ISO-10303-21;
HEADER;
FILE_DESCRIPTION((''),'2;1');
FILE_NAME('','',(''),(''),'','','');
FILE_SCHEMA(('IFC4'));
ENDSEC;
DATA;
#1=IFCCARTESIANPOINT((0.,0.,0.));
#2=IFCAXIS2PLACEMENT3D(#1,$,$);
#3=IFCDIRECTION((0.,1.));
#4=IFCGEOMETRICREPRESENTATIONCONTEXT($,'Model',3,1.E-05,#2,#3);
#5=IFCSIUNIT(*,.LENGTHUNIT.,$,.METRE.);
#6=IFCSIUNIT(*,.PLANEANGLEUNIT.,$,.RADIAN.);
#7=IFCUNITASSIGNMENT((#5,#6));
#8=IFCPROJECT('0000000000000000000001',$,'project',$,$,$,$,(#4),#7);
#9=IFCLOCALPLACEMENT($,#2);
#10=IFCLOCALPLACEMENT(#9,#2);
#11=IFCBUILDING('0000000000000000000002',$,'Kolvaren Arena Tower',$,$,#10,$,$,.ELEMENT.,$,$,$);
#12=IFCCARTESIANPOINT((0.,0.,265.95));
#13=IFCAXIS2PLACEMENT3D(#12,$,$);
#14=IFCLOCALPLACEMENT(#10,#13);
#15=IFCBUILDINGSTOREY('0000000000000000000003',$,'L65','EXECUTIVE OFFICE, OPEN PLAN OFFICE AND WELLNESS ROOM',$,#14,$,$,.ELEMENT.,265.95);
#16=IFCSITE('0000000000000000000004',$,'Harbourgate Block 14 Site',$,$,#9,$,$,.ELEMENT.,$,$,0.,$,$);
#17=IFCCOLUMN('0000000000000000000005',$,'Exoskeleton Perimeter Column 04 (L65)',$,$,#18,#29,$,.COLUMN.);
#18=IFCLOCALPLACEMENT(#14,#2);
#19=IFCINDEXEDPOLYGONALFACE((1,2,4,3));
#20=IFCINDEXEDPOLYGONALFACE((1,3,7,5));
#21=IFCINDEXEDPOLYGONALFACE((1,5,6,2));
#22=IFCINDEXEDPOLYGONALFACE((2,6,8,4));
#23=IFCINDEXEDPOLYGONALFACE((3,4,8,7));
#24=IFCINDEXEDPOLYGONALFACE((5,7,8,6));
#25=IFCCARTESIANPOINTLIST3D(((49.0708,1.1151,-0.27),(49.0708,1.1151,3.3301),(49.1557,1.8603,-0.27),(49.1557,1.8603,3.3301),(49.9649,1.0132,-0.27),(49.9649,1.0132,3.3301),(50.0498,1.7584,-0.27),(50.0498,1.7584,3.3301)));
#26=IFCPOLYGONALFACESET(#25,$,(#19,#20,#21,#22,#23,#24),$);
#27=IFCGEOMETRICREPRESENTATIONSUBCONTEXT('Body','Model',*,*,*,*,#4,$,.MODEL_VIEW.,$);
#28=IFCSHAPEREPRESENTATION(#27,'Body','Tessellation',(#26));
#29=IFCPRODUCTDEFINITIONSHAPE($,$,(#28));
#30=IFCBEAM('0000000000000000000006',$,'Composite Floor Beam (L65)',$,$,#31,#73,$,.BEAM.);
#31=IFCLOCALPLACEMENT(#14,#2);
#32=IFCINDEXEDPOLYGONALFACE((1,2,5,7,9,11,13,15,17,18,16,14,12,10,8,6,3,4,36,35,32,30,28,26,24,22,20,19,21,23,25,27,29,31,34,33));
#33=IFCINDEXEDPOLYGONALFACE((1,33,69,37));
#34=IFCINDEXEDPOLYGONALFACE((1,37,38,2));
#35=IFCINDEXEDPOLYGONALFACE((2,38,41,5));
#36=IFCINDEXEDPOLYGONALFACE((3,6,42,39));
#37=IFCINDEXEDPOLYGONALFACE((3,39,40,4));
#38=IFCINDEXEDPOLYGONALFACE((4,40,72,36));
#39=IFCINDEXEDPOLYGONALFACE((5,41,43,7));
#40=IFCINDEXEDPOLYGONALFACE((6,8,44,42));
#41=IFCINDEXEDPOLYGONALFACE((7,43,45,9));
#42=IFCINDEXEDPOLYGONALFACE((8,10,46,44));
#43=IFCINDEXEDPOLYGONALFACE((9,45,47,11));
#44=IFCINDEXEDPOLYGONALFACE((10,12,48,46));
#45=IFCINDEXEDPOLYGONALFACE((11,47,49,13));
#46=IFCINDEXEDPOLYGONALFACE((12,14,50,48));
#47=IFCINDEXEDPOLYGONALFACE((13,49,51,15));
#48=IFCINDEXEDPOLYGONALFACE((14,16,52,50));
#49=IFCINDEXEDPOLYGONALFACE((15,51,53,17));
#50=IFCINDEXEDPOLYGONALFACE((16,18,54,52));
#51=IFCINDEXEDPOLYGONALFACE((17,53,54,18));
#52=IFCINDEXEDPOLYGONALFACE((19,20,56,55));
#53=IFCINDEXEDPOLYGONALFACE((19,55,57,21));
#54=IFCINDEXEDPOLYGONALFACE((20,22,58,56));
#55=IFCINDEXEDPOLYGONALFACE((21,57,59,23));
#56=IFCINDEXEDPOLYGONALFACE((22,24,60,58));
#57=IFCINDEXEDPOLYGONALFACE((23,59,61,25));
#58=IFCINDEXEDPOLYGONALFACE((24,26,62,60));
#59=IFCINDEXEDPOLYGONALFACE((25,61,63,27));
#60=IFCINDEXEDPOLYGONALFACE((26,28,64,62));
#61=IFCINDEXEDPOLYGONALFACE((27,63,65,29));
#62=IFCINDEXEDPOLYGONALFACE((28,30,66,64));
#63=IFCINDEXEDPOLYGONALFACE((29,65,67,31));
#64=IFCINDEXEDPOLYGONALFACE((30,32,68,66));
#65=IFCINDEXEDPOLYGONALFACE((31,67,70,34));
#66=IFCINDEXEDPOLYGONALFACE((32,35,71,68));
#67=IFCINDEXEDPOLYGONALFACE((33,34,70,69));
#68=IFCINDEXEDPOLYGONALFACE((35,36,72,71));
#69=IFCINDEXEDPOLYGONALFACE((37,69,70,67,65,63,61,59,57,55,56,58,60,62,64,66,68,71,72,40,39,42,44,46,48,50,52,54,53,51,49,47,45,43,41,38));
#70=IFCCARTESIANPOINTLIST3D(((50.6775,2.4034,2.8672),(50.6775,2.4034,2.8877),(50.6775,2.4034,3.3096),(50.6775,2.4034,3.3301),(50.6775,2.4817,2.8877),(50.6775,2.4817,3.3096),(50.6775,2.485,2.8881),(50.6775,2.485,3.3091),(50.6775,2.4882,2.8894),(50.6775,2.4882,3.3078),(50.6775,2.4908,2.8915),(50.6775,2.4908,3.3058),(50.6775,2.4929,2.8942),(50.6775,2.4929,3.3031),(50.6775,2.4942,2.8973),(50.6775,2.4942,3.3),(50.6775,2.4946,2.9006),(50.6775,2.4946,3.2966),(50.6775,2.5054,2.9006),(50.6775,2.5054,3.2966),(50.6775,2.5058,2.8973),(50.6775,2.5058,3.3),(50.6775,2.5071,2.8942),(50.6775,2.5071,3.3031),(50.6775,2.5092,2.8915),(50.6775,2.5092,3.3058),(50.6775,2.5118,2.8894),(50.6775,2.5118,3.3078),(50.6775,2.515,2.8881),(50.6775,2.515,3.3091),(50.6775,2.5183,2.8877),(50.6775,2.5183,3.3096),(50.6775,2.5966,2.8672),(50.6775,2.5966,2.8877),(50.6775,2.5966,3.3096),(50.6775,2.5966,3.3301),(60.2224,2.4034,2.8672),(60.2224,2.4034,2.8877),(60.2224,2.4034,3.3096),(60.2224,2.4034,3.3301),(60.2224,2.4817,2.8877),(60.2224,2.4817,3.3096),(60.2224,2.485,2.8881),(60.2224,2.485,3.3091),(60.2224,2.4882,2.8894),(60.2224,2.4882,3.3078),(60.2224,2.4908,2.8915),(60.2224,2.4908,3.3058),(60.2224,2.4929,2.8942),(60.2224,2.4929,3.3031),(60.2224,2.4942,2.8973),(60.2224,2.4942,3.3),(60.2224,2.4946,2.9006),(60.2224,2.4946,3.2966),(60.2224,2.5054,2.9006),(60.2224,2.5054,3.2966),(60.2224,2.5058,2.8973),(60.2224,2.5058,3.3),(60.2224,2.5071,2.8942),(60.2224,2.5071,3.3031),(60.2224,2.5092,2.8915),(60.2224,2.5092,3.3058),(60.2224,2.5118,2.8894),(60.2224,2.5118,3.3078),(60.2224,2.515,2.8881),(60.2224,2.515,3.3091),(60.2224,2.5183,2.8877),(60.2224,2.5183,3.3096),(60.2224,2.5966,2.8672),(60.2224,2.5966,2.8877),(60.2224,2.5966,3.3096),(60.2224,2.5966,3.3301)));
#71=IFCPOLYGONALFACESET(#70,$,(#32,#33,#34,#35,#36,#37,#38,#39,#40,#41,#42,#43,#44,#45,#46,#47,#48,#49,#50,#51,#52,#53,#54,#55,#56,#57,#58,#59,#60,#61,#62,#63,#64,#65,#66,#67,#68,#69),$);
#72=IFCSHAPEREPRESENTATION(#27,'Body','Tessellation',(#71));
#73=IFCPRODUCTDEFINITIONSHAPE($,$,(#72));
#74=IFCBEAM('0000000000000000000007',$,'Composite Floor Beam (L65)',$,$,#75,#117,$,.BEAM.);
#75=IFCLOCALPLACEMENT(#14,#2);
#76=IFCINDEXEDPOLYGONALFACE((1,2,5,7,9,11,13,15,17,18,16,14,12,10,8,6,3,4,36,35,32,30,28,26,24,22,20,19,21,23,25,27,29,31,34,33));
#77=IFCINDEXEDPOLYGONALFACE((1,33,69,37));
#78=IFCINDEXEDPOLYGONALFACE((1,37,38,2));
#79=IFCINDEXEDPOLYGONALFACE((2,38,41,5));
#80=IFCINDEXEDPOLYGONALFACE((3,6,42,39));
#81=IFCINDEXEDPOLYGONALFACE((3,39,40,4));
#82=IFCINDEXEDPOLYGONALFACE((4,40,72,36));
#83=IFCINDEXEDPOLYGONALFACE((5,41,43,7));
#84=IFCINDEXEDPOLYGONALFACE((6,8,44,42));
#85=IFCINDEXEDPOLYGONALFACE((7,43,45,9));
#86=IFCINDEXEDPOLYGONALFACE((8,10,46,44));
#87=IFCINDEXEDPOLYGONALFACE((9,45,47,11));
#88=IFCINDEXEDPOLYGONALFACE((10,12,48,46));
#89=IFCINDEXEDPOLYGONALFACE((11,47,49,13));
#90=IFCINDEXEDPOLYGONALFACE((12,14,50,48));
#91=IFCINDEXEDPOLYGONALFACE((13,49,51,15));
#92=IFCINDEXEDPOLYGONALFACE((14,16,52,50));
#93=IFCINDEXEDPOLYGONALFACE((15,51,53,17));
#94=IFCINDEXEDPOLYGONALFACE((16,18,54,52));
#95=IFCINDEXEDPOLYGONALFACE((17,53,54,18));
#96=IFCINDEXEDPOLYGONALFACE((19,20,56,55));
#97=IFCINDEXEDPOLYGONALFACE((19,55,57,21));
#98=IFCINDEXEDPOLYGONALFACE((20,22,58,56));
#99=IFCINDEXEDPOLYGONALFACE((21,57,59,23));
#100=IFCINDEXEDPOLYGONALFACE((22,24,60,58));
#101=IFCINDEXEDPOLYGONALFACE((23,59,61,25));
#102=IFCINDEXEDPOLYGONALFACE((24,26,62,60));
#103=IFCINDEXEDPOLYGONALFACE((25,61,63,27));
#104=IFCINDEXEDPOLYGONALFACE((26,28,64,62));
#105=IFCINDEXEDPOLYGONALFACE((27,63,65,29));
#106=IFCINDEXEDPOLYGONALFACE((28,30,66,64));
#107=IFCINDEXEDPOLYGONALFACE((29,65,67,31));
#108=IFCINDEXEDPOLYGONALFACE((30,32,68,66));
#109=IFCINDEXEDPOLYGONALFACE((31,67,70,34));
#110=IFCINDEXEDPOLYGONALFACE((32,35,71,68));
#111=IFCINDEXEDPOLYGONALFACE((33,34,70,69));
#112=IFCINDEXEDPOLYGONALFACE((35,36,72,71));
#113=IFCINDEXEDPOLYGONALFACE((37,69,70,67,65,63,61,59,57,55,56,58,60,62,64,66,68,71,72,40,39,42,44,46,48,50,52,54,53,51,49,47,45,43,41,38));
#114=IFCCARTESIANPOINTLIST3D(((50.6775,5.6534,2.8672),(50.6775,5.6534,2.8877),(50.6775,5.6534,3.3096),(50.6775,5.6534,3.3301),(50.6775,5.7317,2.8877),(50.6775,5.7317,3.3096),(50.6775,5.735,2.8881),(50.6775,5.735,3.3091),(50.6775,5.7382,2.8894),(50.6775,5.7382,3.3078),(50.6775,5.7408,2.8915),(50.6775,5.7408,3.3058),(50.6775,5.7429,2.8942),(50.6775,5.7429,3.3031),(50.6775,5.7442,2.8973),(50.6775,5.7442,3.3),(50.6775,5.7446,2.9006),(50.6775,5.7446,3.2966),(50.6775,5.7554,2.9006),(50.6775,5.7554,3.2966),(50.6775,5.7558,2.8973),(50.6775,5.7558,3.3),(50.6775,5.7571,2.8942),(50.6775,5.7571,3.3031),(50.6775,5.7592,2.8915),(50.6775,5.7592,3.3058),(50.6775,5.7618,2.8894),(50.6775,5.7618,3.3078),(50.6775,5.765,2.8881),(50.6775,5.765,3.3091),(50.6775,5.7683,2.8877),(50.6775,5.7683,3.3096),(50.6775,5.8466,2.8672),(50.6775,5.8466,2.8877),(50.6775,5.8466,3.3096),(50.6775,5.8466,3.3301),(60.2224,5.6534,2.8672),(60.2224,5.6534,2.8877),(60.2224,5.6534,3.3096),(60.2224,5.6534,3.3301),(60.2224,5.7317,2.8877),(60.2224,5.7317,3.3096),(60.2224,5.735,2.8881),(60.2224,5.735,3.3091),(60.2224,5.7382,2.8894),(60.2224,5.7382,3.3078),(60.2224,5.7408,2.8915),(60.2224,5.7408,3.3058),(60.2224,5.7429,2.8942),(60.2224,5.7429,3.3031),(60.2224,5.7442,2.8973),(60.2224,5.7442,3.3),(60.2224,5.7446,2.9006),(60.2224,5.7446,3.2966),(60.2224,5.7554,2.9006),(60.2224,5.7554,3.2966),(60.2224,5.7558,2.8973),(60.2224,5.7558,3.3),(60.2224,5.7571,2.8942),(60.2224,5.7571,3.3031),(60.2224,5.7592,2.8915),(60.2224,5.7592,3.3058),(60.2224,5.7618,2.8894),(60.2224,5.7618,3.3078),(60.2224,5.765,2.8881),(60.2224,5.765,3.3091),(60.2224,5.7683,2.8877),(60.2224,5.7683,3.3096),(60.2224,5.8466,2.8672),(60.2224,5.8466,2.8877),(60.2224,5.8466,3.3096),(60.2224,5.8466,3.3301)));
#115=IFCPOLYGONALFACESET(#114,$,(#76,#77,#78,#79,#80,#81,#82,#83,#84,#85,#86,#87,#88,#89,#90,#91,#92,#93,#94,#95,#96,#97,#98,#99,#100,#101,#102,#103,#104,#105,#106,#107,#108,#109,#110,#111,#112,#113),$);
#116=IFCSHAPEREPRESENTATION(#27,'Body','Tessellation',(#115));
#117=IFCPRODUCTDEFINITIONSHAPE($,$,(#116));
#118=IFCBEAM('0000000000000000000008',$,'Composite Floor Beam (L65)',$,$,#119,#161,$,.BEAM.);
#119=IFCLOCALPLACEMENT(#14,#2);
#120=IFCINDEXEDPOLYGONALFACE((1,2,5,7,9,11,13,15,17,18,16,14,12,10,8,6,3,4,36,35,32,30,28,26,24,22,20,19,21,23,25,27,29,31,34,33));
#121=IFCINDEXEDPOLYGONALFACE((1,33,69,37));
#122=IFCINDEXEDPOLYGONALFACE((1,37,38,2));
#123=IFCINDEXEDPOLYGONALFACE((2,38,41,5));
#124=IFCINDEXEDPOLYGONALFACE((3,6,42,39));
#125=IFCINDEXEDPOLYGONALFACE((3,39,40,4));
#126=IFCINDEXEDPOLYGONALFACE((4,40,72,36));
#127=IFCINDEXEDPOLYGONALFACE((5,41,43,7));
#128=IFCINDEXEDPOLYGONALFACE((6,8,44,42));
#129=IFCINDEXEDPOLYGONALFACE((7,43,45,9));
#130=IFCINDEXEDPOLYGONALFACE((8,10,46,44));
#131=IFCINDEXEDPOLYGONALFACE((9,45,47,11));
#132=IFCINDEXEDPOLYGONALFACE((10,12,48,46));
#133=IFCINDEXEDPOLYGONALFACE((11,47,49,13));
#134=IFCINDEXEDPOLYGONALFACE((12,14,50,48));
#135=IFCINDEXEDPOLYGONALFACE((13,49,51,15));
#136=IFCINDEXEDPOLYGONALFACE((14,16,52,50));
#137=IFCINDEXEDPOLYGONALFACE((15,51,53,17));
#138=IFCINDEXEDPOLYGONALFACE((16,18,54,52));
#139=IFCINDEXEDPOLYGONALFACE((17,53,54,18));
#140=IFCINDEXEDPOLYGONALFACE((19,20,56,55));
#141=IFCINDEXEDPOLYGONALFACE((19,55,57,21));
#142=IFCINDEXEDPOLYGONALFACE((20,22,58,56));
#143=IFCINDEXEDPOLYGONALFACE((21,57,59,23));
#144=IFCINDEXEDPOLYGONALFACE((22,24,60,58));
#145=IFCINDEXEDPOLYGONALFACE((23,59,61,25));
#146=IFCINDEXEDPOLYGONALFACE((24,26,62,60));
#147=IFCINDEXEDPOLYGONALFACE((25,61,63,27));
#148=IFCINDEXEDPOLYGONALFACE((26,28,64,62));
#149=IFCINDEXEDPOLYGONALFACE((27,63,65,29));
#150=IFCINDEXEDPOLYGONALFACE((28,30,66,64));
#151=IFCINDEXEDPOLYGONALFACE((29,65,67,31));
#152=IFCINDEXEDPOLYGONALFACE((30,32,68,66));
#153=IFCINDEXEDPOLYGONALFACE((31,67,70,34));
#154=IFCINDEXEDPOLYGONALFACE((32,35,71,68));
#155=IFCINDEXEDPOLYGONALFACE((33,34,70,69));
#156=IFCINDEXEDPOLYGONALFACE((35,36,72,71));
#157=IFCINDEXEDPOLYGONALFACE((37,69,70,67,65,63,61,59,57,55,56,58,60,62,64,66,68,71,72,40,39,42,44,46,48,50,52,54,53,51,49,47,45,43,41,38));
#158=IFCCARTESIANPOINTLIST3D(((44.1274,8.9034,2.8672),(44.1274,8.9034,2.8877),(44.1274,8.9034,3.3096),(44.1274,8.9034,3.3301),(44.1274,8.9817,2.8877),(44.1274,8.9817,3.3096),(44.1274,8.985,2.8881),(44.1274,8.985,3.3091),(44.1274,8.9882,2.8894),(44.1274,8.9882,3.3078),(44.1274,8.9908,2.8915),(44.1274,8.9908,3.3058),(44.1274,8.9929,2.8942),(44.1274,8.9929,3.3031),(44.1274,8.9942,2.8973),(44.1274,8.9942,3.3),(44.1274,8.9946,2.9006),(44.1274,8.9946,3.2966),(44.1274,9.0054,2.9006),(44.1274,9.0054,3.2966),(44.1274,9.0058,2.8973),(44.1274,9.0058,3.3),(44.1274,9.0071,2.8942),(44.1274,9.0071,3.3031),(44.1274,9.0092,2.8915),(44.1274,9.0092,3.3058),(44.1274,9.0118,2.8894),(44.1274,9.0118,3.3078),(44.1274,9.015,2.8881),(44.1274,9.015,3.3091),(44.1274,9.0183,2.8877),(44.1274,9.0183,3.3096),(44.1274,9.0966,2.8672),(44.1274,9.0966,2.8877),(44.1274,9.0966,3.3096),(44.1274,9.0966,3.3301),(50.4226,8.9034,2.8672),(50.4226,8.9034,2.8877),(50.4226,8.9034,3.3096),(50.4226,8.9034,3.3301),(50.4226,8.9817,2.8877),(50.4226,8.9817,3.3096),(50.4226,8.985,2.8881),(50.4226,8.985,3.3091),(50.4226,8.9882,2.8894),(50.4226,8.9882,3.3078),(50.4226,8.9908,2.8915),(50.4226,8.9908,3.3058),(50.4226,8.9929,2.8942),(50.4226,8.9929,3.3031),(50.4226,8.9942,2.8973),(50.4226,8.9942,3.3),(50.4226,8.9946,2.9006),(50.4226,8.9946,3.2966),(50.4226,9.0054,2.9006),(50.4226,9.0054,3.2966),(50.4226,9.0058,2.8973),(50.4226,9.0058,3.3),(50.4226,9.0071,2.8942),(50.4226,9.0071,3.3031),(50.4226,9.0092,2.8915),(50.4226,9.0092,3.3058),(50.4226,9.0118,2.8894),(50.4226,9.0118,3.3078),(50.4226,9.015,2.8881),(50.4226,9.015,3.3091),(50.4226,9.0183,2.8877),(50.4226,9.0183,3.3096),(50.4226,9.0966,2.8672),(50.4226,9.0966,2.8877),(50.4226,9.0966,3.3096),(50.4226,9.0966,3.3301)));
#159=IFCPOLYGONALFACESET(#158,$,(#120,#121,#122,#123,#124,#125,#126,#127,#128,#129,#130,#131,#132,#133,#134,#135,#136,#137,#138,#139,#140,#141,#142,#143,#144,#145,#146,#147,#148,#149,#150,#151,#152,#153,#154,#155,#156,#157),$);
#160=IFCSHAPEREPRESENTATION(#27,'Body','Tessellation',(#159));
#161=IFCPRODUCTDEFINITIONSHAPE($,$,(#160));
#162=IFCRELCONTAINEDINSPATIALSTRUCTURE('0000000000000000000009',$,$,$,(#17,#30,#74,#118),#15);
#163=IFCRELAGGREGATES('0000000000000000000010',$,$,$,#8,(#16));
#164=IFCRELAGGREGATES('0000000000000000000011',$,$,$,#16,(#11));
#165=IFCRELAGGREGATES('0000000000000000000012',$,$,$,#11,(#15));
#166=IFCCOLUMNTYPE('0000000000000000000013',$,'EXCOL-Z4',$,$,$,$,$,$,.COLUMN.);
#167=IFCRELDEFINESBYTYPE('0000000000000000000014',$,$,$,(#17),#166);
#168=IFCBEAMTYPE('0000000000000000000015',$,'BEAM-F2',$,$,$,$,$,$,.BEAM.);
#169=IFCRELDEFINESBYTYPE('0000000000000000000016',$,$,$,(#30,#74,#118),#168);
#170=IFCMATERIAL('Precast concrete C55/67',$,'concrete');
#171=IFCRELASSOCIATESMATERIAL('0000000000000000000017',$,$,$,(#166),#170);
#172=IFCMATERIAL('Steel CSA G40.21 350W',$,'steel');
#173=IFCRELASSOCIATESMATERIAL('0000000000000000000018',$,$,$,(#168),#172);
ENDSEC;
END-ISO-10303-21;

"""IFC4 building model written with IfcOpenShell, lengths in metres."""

from ifc_helpers import new_model, si_unit, direction, frame, origin, origin_2d, place, context, subcontext, project, spatial, rectangle, i_section, extrude, material, material_profile, profile_set, type_object, element, save


model = new_model("IFC4")

# Units and contexts
model_context = context("Model", 3, precision=1e-05, world=origin(), true_north=direction((0.0, 1.0)))
body_context = subcontext(model_context, "Body", "Model", "MODEL_VIEW")
ifc_project = project(units=[si_unit("LENGTHUNIT", "METRE"), si_unit("PLANEANGLEUNIT", "RADIAN")], contexts=[model_context])

# Site, building, storey
site_placement = place(None, origin())
site = spatial("IfcSite", under=ifc_project, at=site_placement, Name="Harbourgate Block 14 Site", CompositionType="ELEMENT", RefElevation=0.0)
building_placement = place(site_placement, origin())
building = spatial("IfcBuilding", under=site, at=building_placement, Name="Kolvaren Arena Tower", CompositionType="ELEMENT")
storey_placement = place(building_placement, frame((0.0, 0.0, 265.95)))
storey = spatial("IfcBuildingStorey", under=building, at=storey_placement, Name="L65", Description="EXECUTIVE OFFICE, OPEN PLAN OFFICE AND WELLNESS ROOM", CompositionType="ELEMENT", Elevation=265.95)

# Column
ifc_material_1 = material(Name="Precast concrete C55/67", Category="concrete")
ifc_material_profile_1 = material_profile(ifc_material_1, rectangle(XDim=0.8999, YDim=0.75, at=origin_2d()), Name="RC-900x750")
ifc_profile_set_1 = profile_set([ifc_material_profile_1], Name="Precast concrete C55/67")
column_type = type_object("IfcColumnType", Name="EXCOL-Z4", PredefinedType="COLUMN", material=ifc_profile_set_1)
column_placement = place(storey_placement, frame((49.5603, 1.4368, -0.27), z_axis=(0.0, 0.0, 1.0), x_axis=(0.993572, -0.113203, 0.0)))
element("IfcColumn", 1, at=column_placement, inside=storey, type_object=column_type, Name="Exoskeleton Perimeter Column 04 (L65)", PredefinedType="COLUMN", context=body_context, shape_type="SweptSolid", body=[
    extrude(rectangle(XDim=0.8999, YDim=0.75, at=origin_2d()), origin(), (0.0, 0.0, 1.0), 3.6001),
])

# Beams
ifc_material_2 = material(Name="Steel CSA G40.21 350W", Category="steel")
ifc_material_profile_2 = material_profile(ifc_material_2, i_section(OverallWidth=0.1931, OverallDepth=0.4629, WebThickness=0.0107, FlangeThickness=0.0205, FilletRadius=0.0129, at=origin_2d()), Name="W460x113")
ifc_profile_set_2 = profile_set([ifc_material_profile_2], Name="Steel CSA G40.21 350W")
beam_type_1 = type_object("IfcBeamType", Name="BEAM-F2", PredefinedType="BEAM", material=ifc_profile_set_2)
for number, where, z_axis, x_axis, name in (
    (2, (50.6775, 2.5, 3.0986), (1.0, 0.0, 0.0), (0.0, 1.0, 0.0), "Composite Floor Beam (L65)"),
    (3, (50.6775, 5.75, 3.0986), (1.0, 0.0, 0.0), (0.0, 1.0, 0.0), "Composite Floor Beam (L65)"),
):
    element("IfcBeam", number, at=place(storey_placement, frame(where, z_axis=z_axis, x_axis=x_axis)), inside=storey, type_object=beam_type_1, Name=name, PredefinedType="BEAM", context=body_context, shape_type="SweptSolid", body=[
        extrude(i_section(OverallWidth=0.1931, OverallDepth=0.4629, WebThickness=0.0107, FlangeThickness=0.0205, FilletRadius=0.0129, at=origin_2d()), origin(), (0.0, 0.0, 1.0), 9.5449),
    ])
beam_1_placement = place(storey_placement, frame((44.1274, 9.0, 3.0986), z_axis=(1.0, 0.0, 0.0), x_axis=(0.0, 1.0, 0.0)))
element("IfcBeam", 4, at=beam_1_placement, inside=storey, type_object=beam_type_1, Name="Composite Floor Beam (L65)", PredefinedType="BEAM", context=body_context, shape_type="SweptSolid", body=[
    extrude(i_section(OverallWidth=0.1931, OverallDepth=0.4629, WebThickness=0.0107, FlangeThickness=0.0205, FilletRadius=0.0129, at=origin_2d()), origin(), (0.0, 0.0, 1.0), 6.2952),
])

save(model, "model.ifc")
